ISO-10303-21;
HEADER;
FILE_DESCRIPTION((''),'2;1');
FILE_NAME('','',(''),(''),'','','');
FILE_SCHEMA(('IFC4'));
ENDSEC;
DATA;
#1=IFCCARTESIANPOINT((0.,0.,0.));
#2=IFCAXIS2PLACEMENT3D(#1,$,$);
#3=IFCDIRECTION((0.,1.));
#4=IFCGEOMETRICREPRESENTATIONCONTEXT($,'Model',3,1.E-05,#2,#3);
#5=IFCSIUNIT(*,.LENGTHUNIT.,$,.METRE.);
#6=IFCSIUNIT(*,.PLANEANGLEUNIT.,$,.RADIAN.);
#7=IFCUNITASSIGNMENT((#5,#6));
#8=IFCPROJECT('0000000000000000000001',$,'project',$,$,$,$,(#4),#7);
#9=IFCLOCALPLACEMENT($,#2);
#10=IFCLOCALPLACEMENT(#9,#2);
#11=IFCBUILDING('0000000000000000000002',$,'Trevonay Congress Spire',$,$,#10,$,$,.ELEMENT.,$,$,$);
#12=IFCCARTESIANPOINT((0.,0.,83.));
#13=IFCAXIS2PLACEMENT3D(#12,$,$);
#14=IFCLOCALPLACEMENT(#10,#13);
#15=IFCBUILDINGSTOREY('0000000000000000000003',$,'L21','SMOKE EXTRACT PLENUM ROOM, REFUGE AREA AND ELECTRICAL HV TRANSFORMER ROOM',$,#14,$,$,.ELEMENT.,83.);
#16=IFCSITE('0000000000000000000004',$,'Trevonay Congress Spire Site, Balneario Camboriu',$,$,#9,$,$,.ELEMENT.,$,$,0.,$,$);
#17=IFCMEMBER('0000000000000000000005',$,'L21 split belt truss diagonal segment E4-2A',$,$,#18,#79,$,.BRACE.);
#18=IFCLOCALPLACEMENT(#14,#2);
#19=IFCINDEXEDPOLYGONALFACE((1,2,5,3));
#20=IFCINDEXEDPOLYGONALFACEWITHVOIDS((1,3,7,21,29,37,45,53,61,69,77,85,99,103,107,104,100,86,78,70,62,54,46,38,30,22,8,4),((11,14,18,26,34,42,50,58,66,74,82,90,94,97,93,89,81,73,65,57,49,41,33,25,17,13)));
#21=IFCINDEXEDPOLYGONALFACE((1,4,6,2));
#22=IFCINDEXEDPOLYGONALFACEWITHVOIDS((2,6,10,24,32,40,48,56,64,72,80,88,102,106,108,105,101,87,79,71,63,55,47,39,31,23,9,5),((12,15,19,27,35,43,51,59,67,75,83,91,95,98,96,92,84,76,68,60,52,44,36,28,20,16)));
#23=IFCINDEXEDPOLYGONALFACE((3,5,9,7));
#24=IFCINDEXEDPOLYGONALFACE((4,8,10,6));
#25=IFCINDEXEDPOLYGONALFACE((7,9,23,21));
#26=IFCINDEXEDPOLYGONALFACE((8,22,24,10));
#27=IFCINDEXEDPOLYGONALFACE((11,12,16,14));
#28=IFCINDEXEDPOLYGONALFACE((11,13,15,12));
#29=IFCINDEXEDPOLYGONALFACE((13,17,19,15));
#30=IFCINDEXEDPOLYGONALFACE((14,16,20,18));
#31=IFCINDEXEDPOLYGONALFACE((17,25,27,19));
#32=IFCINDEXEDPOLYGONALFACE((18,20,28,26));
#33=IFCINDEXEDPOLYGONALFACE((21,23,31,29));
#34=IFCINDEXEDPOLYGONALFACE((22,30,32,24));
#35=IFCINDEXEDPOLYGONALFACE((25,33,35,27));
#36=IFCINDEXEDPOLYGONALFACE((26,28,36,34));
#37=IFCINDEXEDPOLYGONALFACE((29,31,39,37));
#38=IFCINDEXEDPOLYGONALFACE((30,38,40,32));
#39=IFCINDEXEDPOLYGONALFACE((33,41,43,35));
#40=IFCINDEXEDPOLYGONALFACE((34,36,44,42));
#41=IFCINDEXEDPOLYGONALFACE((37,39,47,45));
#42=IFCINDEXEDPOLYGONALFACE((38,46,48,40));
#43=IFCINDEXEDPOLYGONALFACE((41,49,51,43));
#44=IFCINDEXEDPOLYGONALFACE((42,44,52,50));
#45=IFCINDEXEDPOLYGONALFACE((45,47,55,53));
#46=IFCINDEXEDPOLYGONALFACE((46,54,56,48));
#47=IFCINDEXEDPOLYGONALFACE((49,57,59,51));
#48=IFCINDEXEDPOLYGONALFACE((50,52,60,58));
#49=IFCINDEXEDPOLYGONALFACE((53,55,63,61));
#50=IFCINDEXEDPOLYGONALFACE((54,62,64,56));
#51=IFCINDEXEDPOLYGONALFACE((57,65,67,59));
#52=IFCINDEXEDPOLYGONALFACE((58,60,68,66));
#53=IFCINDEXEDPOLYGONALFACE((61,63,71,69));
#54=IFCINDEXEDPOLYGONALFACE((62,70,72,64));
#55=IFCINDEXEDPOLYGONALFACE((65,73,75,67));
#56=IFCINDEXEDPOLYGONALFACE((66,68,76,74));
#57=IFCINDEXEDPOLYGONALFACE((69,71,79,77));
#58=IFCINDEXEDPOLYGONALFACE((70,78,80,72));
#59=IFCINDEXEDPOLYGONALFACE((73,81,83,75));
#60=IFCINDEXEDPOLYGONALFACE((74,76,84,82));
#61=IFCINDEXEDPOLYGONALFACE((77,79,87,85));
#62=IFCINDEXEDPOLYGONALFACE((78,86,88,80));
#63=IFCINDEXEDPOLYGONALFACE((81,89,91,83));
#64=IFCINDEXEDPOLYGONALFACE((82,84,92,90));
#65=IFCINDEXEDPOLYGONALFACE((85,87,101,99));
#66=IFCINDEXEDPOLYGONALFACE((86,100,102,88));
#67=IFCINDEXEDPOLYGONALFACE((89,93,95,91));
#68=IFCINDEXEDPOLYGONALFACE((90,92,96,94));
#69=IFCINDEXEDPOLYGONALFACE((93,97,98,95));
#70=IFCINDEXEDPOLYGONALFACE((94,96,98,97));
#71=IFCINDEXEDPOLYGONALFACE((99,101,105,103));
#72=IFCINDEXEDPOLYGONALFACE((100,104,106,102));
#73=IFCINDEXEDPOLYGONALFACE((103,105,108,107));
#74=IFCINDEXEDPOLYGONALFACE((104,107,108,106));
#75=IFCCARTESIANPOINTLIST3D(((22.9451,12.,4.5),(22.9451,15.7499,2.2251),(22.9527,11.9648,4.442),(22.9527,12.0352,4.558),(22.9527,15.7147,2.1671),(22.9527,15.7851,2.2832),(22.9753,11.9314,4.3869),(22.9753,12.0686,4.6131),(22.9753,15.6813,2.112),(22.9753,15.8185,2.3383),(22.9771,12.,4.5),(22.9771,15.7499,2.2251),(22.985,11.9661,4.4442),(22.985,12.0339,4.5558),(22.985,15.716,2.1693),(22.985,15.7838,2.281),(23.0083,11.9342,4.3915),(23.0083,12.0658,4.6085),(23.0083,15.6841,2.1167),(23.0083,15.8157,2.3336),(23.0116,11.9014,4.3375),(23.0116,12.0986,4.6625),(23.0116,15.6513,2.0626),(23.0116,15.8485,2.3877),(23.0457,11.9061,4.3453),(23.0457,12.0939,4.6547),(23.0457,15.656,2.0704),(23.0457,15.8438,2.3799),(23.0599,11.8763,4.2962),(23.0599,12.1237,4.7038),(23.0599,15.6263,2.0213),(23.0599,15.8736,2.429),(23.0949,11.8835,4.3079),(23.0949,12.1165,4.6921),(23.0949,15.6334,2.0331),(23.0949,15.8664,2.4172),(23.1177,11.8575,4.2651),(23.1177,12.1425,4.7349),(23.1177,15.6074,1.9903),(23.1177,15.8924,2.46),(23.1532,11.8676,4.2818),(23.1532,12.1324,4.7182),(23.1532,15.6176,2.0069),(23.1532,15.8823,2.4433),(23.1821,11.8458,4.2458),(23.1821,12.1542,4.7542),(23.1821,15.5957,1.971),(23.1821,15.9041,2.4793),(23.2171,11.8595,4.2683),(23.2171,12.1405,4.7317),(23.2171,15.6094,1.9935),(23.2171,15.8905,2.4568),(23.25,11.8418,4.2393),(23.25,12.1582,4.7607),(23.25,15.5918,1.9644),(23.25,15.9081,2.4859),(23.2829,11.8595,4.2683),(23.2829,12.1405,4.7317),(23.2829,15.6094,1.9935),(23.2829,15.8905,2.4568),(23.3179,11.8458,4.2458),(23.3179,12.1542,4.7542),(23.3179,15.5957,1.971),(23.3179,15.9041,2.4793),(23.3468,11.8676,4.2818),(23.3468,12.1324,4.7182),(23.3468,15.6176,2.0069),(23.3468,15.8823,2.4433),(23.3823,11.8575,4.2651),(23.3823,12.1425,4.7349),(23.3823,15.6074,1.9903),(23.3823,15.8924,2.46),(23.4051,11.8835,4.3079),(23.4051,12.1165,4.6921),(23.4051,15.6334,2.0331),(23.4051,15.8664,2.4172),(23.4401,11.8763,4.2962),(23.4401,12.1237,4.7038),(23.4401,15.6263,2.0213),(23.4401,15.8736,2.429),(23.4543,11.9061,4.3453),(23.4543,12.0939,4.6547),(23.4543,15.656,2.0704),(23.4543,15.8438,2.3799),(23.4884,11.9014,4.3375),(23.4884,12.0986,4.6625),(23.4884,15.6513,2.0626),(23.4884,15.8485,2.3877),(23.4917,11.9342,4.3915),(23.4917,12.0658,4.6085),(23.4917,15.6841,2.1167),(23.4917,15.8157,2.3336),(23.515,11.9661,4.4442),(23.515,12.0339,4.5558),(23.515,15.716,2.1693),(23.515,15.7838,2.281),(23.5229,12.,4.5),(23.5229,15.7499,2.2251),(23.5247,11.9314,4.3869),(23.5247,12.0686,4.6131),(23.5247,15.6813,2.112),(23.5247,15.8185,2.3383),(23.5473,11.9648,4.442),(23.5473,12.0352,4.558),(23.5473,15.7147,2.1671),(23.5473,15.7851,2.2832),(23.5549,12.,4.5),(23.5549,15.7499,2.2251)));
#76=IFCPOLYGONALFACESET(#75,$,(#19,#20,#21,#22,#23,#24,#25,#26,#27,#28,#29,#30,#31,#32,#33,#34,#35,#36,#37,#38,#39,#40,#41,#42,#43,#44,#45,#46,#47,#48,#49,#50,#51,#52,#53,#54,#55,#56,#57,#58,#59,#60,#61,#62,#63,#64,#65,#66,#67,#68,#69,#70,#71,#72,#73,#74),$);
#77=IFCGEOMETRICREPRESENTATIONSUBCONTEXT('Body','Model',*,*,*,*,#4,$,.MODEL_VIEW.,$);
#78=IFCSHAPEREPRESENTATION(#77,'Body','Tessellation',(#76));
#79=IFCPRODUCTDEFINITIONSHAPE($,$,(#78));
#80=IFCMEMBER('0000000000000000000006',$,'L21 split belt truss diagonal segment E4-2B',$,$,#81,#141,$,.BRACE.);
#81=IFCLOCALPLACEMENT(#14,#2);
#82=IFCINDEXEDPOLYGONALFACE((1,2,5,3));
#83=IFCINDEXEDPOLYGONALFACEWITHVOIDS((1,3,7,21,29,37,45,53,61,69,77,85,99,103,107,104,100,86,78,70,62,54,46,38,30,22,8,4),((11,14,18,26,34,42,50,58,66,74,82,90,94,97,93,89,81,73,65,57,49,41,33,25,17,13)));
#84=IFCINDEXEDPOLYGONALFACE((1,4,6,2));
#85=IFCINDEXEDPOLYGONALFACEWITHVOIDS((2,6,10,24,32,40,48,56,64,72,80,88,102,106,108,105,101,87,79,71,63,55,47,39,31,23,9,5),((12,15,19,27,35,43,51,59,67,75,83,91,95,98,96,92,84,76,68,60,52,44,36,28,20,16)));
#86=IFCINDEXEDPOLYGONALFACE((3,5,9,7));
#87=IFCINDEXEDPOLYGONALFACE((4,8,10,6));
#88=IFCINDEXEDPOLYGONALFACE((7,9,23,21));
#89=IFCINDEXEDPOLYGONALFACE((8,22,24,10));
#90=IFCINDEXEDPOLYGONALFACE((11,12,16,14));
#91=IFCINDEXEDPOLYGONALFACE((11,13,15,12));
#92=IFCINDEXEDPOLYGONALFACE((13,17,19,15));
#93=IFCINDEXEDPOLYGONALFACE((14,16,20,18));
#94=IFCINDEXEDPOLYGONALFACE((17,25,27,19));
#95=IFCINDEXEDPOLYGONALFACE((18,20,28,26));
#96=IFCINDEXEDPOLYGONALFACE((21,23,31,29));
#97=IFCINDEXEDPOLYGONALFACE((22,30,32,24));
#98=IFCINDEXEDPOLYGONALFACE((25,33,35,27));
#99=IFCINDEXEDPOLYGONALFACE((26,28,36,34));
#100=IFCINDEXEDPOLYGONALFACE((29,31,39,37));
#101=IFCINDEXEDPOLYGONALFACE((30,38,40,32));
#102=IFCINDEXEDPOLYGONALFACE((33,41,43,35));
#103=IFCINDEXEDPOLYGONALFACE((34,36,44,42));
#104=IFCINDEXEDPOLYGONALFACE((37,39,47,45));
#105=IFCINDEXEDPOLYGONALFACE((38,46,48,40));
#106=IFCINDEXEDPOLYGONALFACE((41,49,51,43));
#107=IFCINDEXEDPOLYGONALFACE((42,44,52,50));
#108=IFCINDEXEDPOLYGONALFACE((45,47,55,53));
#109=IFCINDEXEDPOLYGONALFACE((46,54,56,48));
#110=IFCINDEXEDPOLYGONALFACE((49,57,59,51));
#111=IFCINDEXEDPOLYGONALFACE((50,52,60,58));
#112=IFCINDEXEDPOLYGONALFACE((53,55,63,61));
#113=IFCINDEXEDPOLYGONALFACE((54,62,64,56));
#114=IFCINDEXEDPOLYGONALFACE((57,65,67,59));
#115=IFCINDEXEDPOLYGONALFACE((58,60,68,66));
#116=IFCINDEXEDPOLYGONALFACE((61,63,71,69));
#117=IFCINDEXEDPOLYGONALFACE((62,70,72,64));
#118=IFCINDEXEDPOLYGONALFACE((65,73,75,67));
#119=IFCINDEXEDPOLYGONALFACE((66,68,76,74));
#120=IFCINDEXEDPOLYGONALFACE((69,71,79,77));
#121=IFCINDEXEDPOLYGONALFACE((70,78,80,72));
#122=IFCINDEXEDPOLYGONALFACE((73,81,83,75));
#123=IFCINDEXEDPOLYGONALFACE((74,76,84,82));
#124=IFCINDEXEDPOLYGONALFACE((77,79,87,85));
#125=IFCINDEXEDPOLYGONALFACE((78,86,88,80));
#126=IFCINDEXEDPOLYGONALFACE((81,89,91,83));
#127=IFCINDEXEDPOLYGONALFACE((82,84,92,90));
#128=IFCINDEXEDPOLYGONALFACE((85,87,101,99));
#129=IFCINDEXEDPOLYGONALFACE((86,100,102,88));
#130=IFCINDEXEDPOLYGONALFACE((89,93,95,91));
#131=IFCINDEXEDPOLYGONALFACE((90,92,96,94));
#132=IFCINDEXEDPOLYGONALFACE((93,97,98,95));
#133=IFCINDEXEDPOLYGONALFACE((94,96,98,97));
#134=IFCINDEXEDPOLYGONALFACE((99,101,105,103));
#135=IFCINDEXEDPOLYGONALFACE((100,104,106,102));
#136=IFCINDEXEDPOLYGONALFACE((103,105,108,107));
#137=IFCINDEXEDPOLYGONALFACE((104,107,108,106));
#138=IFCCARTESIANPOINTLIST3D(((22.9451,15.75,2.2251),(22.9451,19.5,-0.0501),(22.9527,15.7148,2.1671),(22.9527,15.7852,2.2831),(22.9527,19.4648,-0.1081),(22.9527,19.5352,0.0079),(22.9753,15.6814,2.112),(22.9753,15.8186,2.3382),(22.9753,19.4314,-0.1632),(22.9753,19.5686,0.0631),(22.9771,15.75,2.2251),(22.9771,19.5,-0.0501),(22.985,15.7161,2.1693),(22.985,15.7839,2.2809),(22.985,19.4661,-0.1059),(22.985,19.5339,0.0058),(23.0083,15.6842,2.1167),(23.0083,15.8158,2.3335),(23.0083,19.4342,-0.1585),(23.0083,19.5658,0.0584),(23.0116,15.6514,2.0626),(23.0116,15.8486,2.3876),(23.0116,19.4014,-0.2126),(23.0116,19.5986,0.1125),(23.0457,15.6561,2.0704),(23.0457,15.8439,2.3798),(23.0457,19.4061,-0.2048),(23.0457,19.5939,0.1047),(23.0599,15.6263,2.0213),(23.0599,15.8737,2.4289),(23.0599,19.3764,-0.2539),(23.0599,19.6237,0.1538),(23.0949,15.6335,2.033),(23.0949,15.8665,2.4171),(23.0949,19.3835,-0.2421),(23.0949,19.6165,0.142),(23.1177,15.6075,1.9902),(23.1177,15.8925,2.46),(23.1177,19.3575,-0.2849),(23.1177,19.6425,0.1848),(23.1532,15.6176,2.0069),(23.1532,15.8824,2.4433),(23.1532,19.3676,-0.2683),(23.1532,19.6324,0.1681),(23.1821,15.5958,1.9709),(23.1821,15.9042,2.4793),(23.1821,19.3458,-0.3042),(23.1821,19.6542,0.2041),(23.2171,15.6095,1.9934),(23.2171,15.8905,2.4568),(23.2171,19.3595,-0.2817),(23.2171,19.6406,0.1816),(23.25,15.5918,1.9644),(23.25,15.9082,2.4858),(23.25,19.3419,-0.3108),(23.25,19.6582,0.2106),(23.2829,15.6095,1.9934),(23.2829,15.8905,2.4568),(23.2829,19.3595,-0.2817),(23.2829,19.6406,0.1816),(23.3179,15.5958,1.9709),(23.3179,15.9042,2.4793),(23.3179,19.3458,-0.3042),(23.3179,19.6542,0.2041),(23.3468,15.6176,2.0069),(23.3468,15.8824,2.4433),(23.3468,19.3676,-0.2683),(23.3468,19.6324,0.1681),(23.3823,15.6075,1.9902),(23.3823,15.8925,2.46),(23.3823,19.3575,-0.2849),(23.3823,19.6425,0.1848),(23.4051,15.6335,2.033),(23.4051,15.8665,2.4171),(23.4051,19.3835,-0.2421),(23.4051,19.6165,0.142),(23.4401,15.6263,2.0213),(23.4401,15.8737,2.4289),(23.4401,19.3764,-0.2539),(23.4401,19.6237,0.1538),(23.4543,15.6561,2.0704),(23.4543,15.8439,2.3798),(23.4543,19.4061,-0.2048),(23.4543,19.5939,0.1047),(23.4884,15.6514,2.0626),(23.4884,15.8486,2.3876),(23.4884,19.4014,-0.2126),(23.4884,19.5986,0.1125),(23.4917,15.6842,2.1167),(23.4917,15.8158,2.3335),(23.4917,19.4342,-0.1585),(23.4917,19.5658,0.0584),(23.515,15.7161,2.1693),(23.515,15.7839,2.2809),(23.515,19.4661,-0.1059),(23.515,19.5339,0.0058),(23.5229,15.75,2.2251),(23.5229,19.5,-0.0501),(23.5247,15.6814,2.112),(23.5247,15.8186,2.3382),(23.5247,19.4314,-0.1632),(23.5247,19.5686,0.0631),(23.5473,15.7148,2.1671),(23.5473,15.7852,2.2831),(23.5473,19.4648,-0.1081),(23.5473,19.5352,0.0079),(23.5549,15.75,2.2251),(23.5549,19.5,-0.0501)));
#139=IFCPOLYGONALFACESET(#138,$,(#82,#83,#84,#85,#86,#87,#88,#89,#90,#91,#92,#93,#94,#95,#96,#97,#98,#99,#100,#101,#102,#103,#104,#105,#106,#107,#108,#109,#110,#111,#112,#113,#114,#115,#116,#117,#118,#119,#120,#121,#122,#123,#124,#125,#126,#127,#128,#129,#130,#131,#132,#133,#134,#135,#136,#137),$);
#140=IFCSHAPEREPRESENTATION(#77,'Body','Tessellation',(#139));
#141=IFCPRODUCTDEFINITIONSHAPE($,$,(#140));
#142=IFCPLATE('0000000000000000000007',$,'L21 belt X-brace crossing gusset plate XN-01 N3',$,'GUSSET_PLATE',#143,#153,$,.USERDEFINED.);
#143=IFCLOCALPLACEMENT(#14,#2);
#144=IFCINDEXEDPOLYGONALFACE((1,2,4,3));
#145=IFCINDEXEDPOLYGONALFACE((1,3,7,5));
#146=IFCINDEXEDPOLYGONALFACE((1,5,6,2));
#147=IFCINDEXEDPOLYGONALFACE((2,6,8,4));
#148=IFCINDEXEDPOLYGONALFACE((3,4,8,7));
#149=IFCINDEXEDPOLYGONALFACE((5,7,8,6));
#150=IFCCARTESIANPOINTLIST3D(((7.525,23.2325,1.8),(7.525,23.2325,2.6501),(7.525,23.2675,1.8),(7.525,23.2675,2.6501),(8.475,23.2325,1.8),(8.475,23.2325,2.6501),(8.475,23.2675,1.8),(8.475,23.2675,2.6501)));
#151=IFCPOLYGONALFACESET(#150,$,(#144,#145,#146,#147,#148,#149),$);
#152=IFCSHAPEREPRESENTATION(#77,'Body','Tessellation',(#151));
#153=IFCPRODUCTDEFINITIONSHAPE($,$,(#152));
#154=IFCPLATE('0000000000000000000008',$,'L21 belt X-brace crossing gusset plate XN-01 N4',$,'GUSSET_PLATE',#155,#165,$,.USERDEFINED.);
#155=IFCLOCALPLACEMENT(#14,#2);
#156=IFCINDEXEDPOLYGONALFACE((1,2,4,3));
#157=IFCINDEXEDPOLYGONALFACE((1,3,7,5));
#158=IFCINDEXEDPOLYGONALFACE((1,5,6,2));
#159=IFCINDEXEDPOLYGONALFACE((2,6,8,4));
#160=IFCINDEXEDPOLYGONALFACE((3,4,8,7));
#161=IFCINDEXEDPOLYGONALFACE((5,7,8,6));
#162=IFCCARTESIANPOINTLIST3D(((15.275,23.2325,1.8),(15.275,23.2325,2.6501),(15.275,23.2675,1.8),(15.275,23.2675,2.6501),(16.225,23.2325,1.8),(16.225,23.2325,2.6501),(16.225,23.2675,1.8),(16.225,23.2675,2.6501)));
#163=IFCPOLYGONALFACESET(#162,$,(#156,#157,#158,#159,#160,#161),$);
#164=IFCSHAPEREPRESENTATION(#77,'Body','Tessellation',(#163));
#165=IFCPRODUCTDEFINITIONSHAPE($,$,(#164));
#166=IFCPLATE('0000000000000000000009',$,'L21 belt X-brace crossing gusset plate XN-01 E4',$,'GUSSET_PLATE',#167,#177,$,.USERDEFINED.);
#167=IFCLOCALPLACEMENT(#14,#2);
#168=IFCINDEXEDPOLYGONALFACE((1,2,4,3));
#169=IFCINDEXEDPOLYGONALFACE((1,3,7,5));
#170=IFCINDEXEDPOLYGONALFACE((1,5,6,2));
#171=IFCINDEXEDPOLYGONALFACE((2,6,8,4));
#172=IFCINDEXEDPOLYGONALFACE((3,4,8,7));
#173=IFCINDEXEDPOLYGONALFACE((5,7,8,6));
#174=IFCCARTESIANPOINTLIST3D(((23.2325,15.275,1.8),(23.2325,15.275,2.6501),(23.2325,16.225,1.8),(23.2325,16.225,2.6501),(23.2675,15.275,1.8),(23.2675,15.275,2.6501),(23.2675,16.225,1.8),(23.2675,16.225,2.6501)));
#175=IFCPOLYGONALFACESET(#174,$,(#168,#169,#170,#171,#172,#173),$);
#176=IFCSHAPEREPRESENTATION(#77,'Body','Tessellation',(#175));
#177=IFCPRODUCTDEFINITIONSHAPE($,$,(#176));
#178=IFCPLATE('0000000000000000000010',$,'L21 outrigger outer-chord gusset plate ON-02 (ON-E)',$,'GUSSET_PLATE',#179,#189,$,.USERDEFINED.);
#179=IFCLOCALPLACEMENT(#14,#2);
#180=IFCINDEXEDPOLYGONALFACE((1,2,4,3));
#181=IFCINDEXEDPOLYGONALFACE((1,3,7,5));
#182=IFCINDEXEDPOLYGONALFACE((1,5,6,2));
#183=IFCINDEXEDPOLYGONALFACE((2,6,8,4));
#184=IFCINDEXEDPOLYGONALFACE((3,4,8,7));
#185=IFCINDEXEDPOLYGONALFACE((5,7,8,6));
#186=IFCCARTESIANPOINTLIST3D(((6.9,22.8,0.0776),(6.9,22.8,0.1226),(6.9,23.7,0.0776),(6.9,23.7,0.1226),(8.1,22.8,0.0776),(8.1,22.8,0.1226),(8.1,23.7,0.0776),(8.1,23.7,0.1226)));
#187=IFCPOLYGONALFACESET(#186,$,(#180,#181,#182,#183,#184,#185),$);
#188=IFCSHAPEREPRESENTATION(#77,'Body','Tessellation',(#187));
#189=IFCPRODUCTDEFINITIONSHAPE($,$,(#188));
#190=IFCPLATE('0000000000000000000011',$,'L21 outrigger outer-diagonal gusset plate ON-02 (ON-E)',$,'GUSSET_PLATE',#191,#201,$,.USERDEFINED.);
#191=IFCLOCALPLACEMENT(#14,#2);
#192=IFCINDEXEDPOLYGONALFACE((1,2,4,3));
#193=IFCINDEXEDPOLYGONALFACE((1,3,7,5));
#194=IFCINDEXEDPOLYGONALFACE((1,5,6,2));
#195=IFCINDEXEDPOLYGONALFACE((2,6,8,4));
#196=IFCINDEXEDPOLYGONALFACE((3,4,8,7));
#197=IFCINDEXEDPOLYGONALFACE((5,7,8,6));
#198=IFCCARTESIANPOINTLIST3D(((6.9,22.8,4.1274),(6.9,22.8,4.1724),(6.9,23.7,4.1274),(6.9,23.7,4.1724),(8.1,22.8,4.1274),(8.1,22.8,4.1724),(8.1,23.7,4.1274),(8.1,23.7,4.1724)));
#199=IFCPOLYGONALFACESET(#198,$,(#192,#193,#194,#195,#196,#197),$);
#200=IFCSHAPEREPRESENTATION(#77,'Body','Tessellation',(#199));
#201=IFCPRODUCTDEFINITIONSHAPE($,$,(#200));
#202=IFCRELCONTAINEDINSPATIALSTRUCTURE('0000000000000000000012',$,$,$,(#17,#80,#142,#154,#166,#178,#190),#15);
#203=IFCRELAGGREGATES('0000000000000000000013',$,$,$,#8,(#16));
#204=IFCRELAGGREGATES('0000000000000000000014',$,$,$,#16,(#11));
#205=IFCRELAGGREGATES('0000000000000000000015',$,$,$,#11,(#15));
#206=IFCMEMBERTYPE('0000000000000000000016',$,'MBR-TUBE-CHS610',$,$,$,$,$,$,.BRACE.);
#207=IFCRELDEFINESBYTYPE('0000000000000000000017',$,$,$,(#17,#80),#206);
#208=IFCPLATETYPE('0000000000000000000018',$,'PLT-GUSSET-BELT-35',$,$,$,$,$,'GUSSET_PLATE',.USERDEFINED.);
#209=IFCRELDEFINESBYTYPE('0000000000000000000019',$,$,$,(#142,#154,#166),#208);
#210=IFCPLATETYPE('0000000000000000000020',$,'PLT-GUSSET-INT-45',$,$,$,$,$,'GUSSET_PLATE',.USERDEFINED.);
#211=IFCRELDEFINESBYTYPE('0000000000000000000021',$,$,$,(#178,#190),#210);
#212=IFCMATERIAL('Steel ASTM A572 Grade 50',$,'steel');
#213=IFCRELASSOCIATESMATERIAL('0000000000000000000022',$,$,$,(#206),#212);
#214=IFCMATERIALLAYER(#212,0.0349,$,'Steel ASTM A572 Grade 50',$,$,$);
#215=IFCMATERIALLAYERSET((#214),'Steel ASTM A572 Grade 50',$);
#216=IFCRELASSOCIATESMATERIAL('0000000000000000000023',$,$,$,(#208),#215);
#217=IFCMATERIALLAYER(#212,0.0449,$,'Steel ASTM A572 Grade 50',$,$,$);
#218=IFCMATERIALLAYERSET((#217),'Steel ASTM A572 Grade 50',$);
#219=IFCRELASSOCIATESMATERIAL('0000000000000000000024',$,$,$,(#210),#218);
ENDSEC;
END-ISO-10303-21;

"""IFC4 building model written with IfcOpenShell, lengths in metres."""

from ifc_helpers import new_model, si_unit, direction, frame, origin, origin_2d, place, context, subcontext, project, spatial, rectangle, hollow_circle, extrude, material, layer, layer_set, material_profile, profile_set, type_object, element, save


model = new_model("IFC4")

# Units and contexts
model_context = context("Model", 3, precision=1e-05, world=origin(), true_north=direction((0.0, 1.0)))
body_context = subcontext(model_context, "Body", "Model", "MODEL_VIEW")
ifc_project = project(units=[si_unit("LENGTHUNIT", "METRE"), si_unit("PLANEANGLEUNIT", "RADIAN")], contexts=[model_context])

# Site, building, storey
site_placement = place(None, origin())
site = spatial("IfcSite", under=ifc_project, at=site_placement, Name="Trevonay Congress Spire Site, Balneario Camboriu", CompositionType="ELEMENT", RefElevation=0.0)
building_placement = place(site_placement, origin())
building = spatial("IfcBuilding", under=site, at=building_placement, Name="Trevonay Congress Spire", CompositionType="ELEMENT")
storey_placement = place(building_placement, frame((0.0, 0.0, 83.0)))
storey = spatial("IfcBuildingStorey", under=building, at=storey_placement, Name="L21", Description="SMOKE EXTRACT PLENUM ROOM, REFUGE AREA AND ELECTRICAL HV TRANSFORMER ROOM", CompositionType="ELEMENT", Elevation=83.0)

# Shared definitions
ifc_material_1 = material(Name="Steel ASTM A572 Grade 50", Category="steel")

# Members
ifc_material_profile_1 = material_profile(ifc_material_1, hollow_circle(Radius=0.3049, WallThickness=0.032, at=origin_2d()), Name="CHS 610x32")
ifc_profile_set_1 = profile_set([ifc_material_profile_1], Name="Steel ASTM A572 Grade 50")
member_type = type_object("IfcMemberType", Name="MBR-TUBE-CHS610", PredefinedType="BRACE", material=ifc_profile_set_1)
member_1_placement = place(storey_placement, frame((23.25, 12.0, 4.5), z_axis=(0.0, 0.854978, -0.518664), x_axis=(-1.0, 0.0, 0.0)))
element("IfcMember", 1, at=member_1_placement, inside=storey, type_object=member_type, Name="L21 split belt truss diagonal segment E4-2A", PredefinedType="BRACE", context=body_context, shape_type="SweptSolid", body=[
    extrude(hollow_circle(Radius=0.3049, WallThickness=0.032, at=origin_2d()), origin(), (0.0, 0.0, 1.0), 4.386),
])
member_2_placement = place(storey_placement, frame((23.25, 15.75, 2.2251), z_axis=(0.0, 0.854953, -0.518705), x_axis=(-1.0, 0.0, 0.0)))
element("IfcMember", 2, at=member_2_placement, inside=storey, type_object=member_type, Name="L21 split belt truss diagonal segment E4-2B", PredefinedType="BRACE", context=body_context, shape_type="SweptSolid", body=[
    extrude(hollow_circle(Radius=0.3049, WallThickness=0.032, at=origin_2d()), origin(), (0.0, 0.0, 1.0), 4.3862),
])

# Plates
ifc_layer_1 = layer(ifc_material_1, 0.0349, Name="Steel ASTM A572 Grade 50")
ifc_layer_set_1 = layer_set([ifc_layer_1], Name="Steel ASTM A572 Grade 50")
plate_type_1 = type_object("IfcPlateType", Name="PLT-GUSSET-BELT-35", ElementType="GUSSET_PLATE", PredefinedType="USERDEFINED", material=ifc_layer_set_1)
for number, where, z_axis, x_axis, name in (
    (3, (8.0, 23.25, 1.8), (0.0, 0.0, 1.0), (1.0, 0.0, 0.0), "L21 belt X-brace crossing gusset plate XN-01 N3"),
    (4, (15.75, 23.25, 1.8), (0.0, 0.0, 1.0), (1.0, 0.0, 0.0), "L21 belt X-brace crossing gusset plate XN-01 N4"),
):
    element("IfcPlate", number, at=place(storey_placement, frame(where, z_axis=z_axis, x_axis=x_axis)), inside=storey, type_object=plate_type_1, Name=name, ObjectType="GUSSET_PLATE", PredefinedType="USERDEFINED", context=body_context, shape_type="SweptSolid", body=[
        extrude(rectangle(XDim=0.95, YDim=0.0349, at=origin_2d()), origin(), (0.0, 0.0, 1.0), 0.8501),
    ])
plate_placement = place(storey_placement, frame((23.25, 15.75, 1.8), z_axis=(0.0, 0.0, 1.0), x_axis=(1.0, 0.0, 0.0)))
element("IfcPlate", 5, at=plate_placement, inside=storey, type_object=plate_type_1, Name="L21 belt X-brace crossing gusset plate XN-01 E4", ObjectType="GUSSET_PLATE", PredefinedType="USERDEFINED", context=body_context, shape_type="SweptSolid", body=[
    extrude(rectangle(XDim=0.0349, YDim=0.95, at=origin_2d()), origin(), (0.0, 0.0, 1.0), 0.8501),
])
ifc_layer_2 = layer(ifc_material_1, 0.0449, Name="Steel ASTM A572 Grade 50")
ifc_layer_set_2 = layer_set([ifc_layer_2], Name="Steel ASTM A572 Grade 50")
plate_type_2 = type_object("IfcPlateType", Name="PLT-GUSSET-INT-45", ElementType="GUSSET_PLATE", PredefinedType="USERDEFINED", material=ifc_layer_set_2)
for number, where, z_axis, x_axis, name in (
    (6, (7.5, 23.25, 0.0776), (0.0, 0.0, 1.0), (1.0, 0.0, 0.0), "L21 outrigger outer-chord gusset plate ON-02 (ON-E)"),
    (7, (7.5, 23.25, 4.1274), (0.0, 0.0, 1.0), (1.0, 0.0, 0.0), "L21 outrigger outer-diagonal gusset plate ON-02 (ON-E)"),
):
    element("IfcPlate", number, at=place(storey_placement, frame(where, z_axis=z_axis, x_axis=x_axis)), inside=storey, type_object=plate_type_2, Name=name, ObjectType="GUSSET_PLATE", PredefinedType="USERDEFINED", context=body_context, shape_type="SweptSolid", body=[
        extrude(rectangle(XDim=1.2, YDim=0.8999, at=origin_2d()), origin(), (0.0, 0.0, 1.0), 0.0449),
    ])

save(model, "model.ifc")
